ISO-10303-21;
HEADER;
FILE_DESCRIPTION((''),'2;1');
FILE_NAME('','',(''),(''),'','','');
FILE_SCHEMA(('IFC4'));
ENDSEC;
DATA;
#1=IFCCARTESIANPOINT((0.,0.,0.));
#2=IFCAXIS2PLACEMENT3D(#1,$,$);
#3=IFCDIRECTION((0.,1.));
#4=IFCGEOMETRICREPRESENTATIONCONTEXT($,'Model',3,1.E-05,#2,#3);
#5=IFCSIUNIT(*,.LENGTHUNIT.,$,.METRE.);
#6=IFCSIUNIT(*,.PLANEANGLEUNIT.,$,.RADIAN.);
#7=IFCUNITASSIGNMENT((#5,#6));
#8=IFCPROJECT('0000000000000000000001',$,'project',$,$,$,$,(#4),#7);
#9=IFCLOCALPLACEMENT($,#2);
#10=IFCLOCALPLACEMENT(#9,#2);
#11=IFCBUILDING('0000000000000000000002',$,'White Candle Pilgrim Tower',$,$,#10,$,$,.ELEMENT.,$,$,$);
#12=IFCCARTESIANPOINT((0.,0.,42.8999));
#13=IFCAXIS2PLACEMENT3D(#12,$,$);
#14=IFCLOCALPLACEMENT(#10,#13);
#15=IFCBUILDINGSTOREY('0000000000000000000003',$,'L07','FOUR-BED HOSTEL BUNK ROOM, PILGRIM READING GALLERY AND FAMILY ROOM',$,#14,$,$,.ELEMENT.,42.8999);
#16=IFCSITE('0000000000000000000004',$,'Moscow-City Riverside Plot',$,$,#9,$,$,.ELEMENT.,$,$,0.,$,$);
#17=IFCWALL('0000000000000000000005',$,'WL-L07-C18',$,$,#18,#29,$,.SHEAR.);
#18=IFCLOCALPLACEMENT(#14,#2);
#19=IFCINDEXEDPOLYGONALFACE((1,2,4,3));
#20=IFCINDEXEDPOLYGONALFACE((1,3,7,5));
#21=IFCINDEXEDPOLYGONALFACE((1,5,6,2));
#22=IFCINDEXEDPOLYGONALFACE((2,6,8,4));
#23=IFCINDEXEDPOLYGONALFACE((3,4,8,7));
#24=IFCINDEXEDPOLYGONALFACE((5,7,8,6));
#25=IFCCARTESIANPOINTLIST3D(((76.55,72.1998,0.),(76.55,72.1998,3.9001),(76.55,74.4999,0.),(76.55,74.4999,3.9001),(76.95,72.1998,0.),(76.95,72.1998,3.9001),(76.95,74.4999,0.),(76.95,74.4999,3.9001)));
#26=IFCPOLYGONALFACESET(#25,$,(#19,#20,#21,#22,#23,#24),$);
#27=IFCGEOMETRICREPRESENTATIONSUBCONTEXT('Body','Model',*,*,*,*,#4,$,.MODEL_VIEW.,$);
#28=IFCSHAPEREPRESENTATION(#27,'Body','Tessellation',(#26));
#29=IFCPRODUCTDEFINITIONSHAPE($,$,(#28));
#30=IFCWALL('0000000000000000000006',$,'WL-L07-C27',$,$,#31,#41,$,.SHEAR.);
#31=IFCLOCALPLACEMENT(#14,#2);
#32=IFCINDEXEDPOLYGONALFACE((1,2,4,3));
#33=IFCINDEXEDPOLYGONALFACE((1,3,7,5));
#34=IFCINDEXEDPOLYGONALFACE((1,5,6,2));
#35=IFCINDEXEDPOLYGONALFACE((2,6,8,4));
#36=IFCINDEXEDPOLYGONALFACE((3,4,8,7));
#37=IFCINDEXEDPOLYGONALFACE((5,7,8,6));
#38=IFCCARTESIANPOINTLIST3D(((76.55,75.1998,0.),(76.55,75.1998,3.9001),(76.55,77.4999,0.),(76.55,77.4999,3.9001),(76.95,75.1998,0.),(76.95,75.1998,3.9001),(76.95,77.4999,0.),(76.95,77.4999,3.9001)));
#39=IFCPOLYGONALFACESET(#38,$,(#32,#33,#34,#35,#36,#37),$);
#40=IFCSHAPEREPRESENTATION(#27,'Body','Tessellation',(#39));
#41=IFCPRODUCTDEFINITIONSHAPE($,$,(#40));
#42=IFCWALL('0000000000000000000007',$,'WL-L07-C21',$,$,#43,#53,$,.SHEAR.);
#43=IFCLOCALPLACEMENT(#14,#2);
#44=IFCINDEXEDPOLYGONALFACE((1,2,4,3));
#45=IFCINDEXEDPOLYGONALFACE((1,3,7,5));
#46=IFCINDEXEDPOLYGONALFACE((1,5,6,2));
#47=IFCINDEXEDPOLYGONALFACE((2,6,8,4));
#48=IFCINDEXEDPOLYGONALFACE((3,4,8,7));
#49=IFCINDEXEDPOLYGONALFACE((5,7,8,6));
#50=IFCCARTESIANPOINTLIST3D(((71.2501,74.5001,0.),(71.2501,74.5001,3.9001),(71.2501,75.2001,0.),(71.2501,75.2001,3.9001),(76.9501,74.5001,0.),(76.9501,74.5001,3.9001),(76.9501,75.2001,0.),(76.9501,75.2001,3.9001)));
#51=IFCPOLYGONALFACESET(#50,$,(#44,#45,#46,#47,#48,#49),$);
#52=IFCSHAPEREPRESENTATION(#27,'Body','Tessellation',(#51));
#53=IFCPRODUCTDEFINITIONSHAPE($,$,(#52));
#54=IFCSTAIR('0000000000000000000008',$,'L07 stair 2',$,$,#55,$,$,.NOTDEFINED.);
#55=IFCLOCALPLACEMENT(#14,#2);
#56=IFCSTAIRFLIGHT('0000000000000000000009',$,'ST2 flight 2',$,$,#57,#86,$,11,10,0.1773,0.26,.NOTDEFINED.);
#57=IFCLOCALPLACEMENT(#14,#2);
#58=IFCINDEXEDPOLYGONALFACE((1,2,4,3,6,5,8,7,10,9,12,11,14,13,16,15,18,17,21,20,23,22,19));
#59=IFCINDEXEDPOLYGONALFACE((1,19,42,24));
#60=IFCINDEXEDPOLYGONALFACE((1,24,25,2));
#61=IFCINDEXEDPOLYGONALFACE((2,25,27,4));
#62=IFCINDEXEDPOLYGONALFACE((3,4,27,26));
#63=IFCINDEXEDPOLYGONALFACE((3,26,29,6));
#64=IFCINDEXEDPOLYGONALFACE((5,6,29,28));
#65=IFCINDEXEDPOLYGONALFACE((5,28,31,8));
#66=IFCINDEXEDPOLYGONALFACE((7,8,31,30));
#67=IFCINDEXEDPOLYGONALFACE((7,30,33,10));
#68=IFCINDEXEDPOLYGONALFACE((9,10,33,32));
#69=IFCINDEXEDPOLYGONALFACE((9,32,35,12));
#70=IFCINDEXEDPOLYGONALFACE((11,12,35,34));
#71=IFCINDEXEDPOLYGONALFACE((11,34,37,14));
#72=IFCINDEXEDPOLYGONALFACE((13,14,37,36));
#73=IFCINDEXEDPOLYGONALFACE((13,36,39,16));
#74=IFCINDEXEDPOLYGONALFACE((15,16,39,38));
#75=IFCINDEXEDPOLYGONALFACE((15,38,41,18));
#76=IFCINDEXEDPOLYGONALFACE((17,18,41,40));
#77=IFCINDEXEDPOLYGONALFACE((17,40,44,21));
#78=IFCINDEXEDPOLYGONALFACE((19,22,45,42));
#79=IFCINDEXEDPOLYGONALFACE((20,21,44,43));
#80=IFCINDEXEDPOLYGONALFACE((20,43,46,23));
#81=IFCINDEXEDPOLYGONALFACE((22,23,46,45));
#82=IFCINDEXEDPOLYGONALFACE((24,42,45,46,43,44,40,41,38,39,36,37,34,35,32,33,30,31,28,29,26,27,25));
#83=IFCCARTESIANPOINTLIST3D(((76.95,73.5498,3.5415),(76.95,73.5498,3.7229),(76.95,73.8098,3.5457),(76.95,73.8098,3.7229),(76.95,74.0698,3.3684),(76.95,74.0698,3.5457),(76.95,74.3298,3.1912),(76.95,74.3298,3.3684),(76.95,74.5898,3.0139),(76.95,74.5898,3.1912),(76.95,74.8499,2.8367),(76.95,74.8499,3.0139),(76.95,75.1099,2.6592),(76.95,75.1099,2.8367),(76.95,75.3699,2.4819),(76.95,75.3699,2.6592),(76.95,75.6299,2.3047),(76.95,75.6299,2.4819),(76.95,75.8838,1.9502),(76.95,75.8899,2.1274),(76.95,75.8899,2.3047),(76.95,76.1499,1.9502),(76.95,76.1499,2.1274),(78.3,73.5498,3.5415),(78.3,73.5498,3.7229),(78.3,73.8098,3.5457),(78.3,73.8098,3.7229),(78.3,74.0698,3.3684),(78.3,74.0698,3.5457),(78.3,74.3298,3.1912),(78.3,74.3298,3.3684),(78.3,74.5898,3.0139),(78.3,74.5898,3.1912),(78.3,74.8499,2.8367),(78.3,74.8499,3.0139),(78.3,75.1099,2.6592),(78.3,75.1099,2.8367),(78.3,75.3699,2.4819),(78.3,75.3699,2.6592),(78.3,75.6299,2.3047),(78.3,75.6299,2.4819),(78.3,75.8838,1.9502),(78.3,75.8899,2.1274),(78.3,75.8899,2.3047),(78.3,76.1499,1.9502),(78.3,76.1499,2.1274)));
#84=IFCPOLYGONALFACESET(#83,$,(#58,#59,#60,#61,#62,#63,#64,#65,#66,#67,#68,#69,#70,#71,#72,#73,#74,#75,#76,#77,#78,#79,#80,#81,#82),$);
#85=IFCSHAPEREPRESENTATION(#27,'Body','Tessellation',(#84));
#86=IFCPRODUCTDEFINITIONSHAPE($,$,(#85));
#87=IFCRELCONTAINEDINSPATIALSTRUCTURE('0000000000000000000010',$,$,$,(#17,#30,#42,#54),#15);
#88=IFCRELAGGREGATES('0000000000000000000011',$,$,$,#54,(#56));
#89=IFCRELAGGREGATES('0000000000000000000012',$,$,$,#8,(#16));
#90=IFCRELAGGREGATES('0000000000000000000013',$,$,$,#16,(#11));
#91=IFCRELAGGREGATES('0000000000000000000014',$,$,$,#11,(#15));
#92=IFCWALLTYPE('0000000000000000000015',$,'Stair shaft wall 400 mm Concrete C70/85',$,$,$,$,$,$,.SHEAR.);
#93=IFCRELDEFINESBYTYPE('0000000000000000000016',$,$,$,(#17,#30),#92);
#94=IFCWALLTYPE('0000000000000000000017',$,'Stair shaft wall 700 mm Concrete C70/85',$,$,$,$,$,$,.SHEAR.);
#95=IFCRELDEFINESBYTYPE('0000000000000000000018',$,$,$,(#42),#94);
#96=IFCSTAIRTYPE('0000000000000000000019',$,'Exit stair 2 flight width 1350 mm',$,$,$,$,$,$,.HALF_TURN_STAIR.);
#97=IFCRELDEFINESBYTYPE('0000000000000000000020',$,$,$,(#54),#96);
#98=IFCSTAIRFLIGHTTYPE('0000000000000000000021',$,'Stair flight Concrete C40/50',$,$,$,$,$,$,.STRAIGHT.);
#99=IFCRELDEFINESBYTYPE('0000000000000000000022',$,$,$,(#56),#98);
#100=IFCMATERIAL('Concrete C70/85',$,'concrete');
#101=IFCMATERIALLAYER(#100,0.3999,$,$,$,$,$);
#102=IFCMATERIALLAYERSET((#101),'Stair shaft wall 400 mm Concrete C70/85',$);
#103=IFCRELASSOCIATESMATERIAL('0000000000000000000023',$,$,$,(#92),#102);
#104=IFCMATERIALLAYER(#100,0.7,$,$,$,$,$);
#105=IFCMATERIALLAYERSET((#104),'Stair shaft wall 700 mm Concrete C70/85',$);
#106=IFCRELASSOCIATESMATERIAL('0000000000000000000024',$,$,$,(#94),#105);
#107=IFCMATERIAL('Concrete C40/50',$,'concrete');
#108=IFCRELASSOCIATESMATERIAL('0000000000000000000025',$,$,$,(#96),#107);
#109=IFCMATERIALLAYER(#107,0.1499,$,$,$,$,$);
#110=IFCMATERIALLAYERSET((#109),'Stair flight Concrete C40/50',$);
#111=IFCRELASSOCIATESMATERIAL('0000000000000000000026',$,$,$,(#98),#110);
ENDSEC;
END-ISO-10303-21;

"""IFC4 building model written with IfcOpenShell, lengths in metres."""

from ifc_helpers import new_model, si_unit, direction, frame, frame_2d, origin, place, context, subcontext, project, spatial, polyline, rectangle, outline, extrude, material, layer, layer_set, type_object, element, aggregate, save


model = new_model("IFC4")

# Units and contexts
model_context = context("Model", 3, precision=1e-05, world=origin(), true_north=direction((0.0, 1.0)))
body_context = subcontext(model_context, "Body", "Model", "MODEL_VIEW")
ifc_project = project(units=[si_unit("LENGTHUNIT", "METRE"), si_unit("PLANEANGLEUNIT", "RADIAN")], contexts=[model_context])

# Site, building, storey
site_placement = place(None, origin())
site = spatial("IfcSite", under=ifc_project, at=site_placement, Name="Moscow-City Riverside Plot", CompositionType="ELEMENT", RefElevation=0.0)
building_placement = place(site_placement, origin())
building = spatial("IfcBuilding", under=site, at=building_placement, Name="White Candle Pilgrim Tower", CompositionType="ELEMENT")
storey_placement = place(building_placement, frame((0.0, 0.0, 42.8999)))
storey = spatial("IfcBuildingStorey", under=building, at=storey_placement, Name="L07", Description="FOUR-BED HOSTEL BUNK ROOM, PILGRIM READING GALLERY AND FAMILY ROOM", CompositionType="ELEMENT", Elevation=42.8999)

# Shared definitions
ifc_material_1 = material(Name="Concrete C70/85", Category="concrete")

# Walls
ifc_layer_1 = layer(ifc_material_1, 0.3999)
ifc_layer_set_1 = layer_set([ifc_layer_1], Name="Stair shaft wall 400 mm Concrete C70/85")
wall_type_1 = type_object("IfcWallType", Name="Stair shaft wall 400 mm Concrete C70/85", PredefinedType="SHEAR", material=ifc_layer_set_1)
for number, where, z_axis, x_axis, name in (
    (1, (76.75, 72.2, 0.0), (0.0, 0.0, 1.0), (0.0, 1.0, 0.0), "WL-L07-C18"),
    (2, (76.75, 75.2, 0.0), (0.0, 0.0, 1.0), (0.0, 1.0, 0.0), "WL-L07-C27"),
):
    element("IfcWall", number, at=place(storey_placement, frame(where, z_axis=z_axis, x_axis=x_axis)), inside=storey, type_object=wall_type_1, Name=name, PredefinedType="SHEAR", context=body_context, shape_type="SweptSolid", body=[
        extrude(rectangle(XDim=2.3, YDim=0.3999, at=frame_2d((1.1499, 0.0))), origin(), (0.0, 0.0, 1.0), 3.9001),
    ])
ifc_layer_2 = layer(ifc_material_1, 0.7)
ifc_layer_set_2 = layer_set([ifc_layer_2], Name="Stair shaft wall 700 mm Concrete C70/85")
wall_type_2 = type_object("IfcWallType", Name="Stair shaft wall 700 mm Concrete C70/85", PredefinedType="SHEAR", material=ifc_layer_set_2)
wall_1_placement = place(storey_placement, frame((71.25, 74.8501, 0.0), z_axis=(0.0, 0.0, 1.0), x_axis=(1.0, 0.0, 0.0)))
element("IfcWall", 3, at=wall_1_placement, inside=storey, type_object=wall_type_2, Name="WL-L07-C21", PredefinedType="SHEAR", context=body_context, shape_type="SweptSolid", body=[
    extrude(rectangle(XDim=5.7, YDim=0.7, at=frame_2d((2.8501, 0.0))), origin(), (0.0, 0.0, 1.0), 3.9001),
])

# Stair, stair flight
ifc_material_2 = material(Name="Concrete C40/50", Category="concrete")
stair_type = type_object("IfcStairType", Name="Exit stair 2 flight width 1350 mm", PredefinedType="HALF_TURN_STAIR", material=ifc_material_2)
stair_placement = place(storey_placement, origin())
stair = element("IfcStair", 4, at=stair_placement, inside=storey, type_object=stair_type, Name="L07 stair 2", PredefinedType="NOTDEFINED")
ifc_layer_3 = layer(ifc_material_2, 0.1499)
ifc_layer_set_3 = layer_set([ifc_layer_3], Name="Stair flight Concrete C40/50")
stair_flight_type = type_object("IfcStairFlightType", Name="Stair flight Concrete C40/50", PredefinedType="STRAIGHT", material=ifc_layer_set_3)
stair_flight_placement = place(storey_placement, frame((77.625, 76.1499, 1.9502), z_axis=(0.0, 0.0, 1.0), x_axis=(0.0, -1.0, 0.0)))
stair_flight = element("IfcStairFlight", 5, at=stair_flight_placement, type_object=stair_flight_type, Name="ST2 flight 2", NumberOfRisers=11, NumberOfTreads=10, PredefinedType="NOTDEFINED", RiserHeight=0.1773, TreadLength=0.26, context=body_context, shape_type="SweptSolid", body=[
    extrude(outline(polyline([(0.0, 0.0), (0.0, 0.1772), (0.26, 0.1772), (0.26, 0.3545), (0.52, 0.3545), (0.52, 0.5317), (0.78, 0.5317), (0.78, 0.709), (1.04, 0.709), (1.04, 0.8865), (1.3, 0.8865), (1.3, 1.0637), (1.5601, 1.0637), (1.5601, 1.241), (1.8201, 1.241), (1.8201, 1.4182), (2.0801, 1.4182), (2.0801, 1.5955), (2.3401, 1.5955), (2.3401, 1.7727), (2.6001, 1.7727), (2.6001, 1.95), (2.6001, 1.5913), (0.2661, 0.0), (0.0, 0.0)])), frame((0.0, 0.675, 0.0), z_axis=(0.0, -1.0, 0.0), x_axis=(1.0, 0.0, 0.0)), (0.0, 0.0, 1.0), 1.3501),
])
aggregate(stair, [stair_flight])

save(model, "model.ifc")
